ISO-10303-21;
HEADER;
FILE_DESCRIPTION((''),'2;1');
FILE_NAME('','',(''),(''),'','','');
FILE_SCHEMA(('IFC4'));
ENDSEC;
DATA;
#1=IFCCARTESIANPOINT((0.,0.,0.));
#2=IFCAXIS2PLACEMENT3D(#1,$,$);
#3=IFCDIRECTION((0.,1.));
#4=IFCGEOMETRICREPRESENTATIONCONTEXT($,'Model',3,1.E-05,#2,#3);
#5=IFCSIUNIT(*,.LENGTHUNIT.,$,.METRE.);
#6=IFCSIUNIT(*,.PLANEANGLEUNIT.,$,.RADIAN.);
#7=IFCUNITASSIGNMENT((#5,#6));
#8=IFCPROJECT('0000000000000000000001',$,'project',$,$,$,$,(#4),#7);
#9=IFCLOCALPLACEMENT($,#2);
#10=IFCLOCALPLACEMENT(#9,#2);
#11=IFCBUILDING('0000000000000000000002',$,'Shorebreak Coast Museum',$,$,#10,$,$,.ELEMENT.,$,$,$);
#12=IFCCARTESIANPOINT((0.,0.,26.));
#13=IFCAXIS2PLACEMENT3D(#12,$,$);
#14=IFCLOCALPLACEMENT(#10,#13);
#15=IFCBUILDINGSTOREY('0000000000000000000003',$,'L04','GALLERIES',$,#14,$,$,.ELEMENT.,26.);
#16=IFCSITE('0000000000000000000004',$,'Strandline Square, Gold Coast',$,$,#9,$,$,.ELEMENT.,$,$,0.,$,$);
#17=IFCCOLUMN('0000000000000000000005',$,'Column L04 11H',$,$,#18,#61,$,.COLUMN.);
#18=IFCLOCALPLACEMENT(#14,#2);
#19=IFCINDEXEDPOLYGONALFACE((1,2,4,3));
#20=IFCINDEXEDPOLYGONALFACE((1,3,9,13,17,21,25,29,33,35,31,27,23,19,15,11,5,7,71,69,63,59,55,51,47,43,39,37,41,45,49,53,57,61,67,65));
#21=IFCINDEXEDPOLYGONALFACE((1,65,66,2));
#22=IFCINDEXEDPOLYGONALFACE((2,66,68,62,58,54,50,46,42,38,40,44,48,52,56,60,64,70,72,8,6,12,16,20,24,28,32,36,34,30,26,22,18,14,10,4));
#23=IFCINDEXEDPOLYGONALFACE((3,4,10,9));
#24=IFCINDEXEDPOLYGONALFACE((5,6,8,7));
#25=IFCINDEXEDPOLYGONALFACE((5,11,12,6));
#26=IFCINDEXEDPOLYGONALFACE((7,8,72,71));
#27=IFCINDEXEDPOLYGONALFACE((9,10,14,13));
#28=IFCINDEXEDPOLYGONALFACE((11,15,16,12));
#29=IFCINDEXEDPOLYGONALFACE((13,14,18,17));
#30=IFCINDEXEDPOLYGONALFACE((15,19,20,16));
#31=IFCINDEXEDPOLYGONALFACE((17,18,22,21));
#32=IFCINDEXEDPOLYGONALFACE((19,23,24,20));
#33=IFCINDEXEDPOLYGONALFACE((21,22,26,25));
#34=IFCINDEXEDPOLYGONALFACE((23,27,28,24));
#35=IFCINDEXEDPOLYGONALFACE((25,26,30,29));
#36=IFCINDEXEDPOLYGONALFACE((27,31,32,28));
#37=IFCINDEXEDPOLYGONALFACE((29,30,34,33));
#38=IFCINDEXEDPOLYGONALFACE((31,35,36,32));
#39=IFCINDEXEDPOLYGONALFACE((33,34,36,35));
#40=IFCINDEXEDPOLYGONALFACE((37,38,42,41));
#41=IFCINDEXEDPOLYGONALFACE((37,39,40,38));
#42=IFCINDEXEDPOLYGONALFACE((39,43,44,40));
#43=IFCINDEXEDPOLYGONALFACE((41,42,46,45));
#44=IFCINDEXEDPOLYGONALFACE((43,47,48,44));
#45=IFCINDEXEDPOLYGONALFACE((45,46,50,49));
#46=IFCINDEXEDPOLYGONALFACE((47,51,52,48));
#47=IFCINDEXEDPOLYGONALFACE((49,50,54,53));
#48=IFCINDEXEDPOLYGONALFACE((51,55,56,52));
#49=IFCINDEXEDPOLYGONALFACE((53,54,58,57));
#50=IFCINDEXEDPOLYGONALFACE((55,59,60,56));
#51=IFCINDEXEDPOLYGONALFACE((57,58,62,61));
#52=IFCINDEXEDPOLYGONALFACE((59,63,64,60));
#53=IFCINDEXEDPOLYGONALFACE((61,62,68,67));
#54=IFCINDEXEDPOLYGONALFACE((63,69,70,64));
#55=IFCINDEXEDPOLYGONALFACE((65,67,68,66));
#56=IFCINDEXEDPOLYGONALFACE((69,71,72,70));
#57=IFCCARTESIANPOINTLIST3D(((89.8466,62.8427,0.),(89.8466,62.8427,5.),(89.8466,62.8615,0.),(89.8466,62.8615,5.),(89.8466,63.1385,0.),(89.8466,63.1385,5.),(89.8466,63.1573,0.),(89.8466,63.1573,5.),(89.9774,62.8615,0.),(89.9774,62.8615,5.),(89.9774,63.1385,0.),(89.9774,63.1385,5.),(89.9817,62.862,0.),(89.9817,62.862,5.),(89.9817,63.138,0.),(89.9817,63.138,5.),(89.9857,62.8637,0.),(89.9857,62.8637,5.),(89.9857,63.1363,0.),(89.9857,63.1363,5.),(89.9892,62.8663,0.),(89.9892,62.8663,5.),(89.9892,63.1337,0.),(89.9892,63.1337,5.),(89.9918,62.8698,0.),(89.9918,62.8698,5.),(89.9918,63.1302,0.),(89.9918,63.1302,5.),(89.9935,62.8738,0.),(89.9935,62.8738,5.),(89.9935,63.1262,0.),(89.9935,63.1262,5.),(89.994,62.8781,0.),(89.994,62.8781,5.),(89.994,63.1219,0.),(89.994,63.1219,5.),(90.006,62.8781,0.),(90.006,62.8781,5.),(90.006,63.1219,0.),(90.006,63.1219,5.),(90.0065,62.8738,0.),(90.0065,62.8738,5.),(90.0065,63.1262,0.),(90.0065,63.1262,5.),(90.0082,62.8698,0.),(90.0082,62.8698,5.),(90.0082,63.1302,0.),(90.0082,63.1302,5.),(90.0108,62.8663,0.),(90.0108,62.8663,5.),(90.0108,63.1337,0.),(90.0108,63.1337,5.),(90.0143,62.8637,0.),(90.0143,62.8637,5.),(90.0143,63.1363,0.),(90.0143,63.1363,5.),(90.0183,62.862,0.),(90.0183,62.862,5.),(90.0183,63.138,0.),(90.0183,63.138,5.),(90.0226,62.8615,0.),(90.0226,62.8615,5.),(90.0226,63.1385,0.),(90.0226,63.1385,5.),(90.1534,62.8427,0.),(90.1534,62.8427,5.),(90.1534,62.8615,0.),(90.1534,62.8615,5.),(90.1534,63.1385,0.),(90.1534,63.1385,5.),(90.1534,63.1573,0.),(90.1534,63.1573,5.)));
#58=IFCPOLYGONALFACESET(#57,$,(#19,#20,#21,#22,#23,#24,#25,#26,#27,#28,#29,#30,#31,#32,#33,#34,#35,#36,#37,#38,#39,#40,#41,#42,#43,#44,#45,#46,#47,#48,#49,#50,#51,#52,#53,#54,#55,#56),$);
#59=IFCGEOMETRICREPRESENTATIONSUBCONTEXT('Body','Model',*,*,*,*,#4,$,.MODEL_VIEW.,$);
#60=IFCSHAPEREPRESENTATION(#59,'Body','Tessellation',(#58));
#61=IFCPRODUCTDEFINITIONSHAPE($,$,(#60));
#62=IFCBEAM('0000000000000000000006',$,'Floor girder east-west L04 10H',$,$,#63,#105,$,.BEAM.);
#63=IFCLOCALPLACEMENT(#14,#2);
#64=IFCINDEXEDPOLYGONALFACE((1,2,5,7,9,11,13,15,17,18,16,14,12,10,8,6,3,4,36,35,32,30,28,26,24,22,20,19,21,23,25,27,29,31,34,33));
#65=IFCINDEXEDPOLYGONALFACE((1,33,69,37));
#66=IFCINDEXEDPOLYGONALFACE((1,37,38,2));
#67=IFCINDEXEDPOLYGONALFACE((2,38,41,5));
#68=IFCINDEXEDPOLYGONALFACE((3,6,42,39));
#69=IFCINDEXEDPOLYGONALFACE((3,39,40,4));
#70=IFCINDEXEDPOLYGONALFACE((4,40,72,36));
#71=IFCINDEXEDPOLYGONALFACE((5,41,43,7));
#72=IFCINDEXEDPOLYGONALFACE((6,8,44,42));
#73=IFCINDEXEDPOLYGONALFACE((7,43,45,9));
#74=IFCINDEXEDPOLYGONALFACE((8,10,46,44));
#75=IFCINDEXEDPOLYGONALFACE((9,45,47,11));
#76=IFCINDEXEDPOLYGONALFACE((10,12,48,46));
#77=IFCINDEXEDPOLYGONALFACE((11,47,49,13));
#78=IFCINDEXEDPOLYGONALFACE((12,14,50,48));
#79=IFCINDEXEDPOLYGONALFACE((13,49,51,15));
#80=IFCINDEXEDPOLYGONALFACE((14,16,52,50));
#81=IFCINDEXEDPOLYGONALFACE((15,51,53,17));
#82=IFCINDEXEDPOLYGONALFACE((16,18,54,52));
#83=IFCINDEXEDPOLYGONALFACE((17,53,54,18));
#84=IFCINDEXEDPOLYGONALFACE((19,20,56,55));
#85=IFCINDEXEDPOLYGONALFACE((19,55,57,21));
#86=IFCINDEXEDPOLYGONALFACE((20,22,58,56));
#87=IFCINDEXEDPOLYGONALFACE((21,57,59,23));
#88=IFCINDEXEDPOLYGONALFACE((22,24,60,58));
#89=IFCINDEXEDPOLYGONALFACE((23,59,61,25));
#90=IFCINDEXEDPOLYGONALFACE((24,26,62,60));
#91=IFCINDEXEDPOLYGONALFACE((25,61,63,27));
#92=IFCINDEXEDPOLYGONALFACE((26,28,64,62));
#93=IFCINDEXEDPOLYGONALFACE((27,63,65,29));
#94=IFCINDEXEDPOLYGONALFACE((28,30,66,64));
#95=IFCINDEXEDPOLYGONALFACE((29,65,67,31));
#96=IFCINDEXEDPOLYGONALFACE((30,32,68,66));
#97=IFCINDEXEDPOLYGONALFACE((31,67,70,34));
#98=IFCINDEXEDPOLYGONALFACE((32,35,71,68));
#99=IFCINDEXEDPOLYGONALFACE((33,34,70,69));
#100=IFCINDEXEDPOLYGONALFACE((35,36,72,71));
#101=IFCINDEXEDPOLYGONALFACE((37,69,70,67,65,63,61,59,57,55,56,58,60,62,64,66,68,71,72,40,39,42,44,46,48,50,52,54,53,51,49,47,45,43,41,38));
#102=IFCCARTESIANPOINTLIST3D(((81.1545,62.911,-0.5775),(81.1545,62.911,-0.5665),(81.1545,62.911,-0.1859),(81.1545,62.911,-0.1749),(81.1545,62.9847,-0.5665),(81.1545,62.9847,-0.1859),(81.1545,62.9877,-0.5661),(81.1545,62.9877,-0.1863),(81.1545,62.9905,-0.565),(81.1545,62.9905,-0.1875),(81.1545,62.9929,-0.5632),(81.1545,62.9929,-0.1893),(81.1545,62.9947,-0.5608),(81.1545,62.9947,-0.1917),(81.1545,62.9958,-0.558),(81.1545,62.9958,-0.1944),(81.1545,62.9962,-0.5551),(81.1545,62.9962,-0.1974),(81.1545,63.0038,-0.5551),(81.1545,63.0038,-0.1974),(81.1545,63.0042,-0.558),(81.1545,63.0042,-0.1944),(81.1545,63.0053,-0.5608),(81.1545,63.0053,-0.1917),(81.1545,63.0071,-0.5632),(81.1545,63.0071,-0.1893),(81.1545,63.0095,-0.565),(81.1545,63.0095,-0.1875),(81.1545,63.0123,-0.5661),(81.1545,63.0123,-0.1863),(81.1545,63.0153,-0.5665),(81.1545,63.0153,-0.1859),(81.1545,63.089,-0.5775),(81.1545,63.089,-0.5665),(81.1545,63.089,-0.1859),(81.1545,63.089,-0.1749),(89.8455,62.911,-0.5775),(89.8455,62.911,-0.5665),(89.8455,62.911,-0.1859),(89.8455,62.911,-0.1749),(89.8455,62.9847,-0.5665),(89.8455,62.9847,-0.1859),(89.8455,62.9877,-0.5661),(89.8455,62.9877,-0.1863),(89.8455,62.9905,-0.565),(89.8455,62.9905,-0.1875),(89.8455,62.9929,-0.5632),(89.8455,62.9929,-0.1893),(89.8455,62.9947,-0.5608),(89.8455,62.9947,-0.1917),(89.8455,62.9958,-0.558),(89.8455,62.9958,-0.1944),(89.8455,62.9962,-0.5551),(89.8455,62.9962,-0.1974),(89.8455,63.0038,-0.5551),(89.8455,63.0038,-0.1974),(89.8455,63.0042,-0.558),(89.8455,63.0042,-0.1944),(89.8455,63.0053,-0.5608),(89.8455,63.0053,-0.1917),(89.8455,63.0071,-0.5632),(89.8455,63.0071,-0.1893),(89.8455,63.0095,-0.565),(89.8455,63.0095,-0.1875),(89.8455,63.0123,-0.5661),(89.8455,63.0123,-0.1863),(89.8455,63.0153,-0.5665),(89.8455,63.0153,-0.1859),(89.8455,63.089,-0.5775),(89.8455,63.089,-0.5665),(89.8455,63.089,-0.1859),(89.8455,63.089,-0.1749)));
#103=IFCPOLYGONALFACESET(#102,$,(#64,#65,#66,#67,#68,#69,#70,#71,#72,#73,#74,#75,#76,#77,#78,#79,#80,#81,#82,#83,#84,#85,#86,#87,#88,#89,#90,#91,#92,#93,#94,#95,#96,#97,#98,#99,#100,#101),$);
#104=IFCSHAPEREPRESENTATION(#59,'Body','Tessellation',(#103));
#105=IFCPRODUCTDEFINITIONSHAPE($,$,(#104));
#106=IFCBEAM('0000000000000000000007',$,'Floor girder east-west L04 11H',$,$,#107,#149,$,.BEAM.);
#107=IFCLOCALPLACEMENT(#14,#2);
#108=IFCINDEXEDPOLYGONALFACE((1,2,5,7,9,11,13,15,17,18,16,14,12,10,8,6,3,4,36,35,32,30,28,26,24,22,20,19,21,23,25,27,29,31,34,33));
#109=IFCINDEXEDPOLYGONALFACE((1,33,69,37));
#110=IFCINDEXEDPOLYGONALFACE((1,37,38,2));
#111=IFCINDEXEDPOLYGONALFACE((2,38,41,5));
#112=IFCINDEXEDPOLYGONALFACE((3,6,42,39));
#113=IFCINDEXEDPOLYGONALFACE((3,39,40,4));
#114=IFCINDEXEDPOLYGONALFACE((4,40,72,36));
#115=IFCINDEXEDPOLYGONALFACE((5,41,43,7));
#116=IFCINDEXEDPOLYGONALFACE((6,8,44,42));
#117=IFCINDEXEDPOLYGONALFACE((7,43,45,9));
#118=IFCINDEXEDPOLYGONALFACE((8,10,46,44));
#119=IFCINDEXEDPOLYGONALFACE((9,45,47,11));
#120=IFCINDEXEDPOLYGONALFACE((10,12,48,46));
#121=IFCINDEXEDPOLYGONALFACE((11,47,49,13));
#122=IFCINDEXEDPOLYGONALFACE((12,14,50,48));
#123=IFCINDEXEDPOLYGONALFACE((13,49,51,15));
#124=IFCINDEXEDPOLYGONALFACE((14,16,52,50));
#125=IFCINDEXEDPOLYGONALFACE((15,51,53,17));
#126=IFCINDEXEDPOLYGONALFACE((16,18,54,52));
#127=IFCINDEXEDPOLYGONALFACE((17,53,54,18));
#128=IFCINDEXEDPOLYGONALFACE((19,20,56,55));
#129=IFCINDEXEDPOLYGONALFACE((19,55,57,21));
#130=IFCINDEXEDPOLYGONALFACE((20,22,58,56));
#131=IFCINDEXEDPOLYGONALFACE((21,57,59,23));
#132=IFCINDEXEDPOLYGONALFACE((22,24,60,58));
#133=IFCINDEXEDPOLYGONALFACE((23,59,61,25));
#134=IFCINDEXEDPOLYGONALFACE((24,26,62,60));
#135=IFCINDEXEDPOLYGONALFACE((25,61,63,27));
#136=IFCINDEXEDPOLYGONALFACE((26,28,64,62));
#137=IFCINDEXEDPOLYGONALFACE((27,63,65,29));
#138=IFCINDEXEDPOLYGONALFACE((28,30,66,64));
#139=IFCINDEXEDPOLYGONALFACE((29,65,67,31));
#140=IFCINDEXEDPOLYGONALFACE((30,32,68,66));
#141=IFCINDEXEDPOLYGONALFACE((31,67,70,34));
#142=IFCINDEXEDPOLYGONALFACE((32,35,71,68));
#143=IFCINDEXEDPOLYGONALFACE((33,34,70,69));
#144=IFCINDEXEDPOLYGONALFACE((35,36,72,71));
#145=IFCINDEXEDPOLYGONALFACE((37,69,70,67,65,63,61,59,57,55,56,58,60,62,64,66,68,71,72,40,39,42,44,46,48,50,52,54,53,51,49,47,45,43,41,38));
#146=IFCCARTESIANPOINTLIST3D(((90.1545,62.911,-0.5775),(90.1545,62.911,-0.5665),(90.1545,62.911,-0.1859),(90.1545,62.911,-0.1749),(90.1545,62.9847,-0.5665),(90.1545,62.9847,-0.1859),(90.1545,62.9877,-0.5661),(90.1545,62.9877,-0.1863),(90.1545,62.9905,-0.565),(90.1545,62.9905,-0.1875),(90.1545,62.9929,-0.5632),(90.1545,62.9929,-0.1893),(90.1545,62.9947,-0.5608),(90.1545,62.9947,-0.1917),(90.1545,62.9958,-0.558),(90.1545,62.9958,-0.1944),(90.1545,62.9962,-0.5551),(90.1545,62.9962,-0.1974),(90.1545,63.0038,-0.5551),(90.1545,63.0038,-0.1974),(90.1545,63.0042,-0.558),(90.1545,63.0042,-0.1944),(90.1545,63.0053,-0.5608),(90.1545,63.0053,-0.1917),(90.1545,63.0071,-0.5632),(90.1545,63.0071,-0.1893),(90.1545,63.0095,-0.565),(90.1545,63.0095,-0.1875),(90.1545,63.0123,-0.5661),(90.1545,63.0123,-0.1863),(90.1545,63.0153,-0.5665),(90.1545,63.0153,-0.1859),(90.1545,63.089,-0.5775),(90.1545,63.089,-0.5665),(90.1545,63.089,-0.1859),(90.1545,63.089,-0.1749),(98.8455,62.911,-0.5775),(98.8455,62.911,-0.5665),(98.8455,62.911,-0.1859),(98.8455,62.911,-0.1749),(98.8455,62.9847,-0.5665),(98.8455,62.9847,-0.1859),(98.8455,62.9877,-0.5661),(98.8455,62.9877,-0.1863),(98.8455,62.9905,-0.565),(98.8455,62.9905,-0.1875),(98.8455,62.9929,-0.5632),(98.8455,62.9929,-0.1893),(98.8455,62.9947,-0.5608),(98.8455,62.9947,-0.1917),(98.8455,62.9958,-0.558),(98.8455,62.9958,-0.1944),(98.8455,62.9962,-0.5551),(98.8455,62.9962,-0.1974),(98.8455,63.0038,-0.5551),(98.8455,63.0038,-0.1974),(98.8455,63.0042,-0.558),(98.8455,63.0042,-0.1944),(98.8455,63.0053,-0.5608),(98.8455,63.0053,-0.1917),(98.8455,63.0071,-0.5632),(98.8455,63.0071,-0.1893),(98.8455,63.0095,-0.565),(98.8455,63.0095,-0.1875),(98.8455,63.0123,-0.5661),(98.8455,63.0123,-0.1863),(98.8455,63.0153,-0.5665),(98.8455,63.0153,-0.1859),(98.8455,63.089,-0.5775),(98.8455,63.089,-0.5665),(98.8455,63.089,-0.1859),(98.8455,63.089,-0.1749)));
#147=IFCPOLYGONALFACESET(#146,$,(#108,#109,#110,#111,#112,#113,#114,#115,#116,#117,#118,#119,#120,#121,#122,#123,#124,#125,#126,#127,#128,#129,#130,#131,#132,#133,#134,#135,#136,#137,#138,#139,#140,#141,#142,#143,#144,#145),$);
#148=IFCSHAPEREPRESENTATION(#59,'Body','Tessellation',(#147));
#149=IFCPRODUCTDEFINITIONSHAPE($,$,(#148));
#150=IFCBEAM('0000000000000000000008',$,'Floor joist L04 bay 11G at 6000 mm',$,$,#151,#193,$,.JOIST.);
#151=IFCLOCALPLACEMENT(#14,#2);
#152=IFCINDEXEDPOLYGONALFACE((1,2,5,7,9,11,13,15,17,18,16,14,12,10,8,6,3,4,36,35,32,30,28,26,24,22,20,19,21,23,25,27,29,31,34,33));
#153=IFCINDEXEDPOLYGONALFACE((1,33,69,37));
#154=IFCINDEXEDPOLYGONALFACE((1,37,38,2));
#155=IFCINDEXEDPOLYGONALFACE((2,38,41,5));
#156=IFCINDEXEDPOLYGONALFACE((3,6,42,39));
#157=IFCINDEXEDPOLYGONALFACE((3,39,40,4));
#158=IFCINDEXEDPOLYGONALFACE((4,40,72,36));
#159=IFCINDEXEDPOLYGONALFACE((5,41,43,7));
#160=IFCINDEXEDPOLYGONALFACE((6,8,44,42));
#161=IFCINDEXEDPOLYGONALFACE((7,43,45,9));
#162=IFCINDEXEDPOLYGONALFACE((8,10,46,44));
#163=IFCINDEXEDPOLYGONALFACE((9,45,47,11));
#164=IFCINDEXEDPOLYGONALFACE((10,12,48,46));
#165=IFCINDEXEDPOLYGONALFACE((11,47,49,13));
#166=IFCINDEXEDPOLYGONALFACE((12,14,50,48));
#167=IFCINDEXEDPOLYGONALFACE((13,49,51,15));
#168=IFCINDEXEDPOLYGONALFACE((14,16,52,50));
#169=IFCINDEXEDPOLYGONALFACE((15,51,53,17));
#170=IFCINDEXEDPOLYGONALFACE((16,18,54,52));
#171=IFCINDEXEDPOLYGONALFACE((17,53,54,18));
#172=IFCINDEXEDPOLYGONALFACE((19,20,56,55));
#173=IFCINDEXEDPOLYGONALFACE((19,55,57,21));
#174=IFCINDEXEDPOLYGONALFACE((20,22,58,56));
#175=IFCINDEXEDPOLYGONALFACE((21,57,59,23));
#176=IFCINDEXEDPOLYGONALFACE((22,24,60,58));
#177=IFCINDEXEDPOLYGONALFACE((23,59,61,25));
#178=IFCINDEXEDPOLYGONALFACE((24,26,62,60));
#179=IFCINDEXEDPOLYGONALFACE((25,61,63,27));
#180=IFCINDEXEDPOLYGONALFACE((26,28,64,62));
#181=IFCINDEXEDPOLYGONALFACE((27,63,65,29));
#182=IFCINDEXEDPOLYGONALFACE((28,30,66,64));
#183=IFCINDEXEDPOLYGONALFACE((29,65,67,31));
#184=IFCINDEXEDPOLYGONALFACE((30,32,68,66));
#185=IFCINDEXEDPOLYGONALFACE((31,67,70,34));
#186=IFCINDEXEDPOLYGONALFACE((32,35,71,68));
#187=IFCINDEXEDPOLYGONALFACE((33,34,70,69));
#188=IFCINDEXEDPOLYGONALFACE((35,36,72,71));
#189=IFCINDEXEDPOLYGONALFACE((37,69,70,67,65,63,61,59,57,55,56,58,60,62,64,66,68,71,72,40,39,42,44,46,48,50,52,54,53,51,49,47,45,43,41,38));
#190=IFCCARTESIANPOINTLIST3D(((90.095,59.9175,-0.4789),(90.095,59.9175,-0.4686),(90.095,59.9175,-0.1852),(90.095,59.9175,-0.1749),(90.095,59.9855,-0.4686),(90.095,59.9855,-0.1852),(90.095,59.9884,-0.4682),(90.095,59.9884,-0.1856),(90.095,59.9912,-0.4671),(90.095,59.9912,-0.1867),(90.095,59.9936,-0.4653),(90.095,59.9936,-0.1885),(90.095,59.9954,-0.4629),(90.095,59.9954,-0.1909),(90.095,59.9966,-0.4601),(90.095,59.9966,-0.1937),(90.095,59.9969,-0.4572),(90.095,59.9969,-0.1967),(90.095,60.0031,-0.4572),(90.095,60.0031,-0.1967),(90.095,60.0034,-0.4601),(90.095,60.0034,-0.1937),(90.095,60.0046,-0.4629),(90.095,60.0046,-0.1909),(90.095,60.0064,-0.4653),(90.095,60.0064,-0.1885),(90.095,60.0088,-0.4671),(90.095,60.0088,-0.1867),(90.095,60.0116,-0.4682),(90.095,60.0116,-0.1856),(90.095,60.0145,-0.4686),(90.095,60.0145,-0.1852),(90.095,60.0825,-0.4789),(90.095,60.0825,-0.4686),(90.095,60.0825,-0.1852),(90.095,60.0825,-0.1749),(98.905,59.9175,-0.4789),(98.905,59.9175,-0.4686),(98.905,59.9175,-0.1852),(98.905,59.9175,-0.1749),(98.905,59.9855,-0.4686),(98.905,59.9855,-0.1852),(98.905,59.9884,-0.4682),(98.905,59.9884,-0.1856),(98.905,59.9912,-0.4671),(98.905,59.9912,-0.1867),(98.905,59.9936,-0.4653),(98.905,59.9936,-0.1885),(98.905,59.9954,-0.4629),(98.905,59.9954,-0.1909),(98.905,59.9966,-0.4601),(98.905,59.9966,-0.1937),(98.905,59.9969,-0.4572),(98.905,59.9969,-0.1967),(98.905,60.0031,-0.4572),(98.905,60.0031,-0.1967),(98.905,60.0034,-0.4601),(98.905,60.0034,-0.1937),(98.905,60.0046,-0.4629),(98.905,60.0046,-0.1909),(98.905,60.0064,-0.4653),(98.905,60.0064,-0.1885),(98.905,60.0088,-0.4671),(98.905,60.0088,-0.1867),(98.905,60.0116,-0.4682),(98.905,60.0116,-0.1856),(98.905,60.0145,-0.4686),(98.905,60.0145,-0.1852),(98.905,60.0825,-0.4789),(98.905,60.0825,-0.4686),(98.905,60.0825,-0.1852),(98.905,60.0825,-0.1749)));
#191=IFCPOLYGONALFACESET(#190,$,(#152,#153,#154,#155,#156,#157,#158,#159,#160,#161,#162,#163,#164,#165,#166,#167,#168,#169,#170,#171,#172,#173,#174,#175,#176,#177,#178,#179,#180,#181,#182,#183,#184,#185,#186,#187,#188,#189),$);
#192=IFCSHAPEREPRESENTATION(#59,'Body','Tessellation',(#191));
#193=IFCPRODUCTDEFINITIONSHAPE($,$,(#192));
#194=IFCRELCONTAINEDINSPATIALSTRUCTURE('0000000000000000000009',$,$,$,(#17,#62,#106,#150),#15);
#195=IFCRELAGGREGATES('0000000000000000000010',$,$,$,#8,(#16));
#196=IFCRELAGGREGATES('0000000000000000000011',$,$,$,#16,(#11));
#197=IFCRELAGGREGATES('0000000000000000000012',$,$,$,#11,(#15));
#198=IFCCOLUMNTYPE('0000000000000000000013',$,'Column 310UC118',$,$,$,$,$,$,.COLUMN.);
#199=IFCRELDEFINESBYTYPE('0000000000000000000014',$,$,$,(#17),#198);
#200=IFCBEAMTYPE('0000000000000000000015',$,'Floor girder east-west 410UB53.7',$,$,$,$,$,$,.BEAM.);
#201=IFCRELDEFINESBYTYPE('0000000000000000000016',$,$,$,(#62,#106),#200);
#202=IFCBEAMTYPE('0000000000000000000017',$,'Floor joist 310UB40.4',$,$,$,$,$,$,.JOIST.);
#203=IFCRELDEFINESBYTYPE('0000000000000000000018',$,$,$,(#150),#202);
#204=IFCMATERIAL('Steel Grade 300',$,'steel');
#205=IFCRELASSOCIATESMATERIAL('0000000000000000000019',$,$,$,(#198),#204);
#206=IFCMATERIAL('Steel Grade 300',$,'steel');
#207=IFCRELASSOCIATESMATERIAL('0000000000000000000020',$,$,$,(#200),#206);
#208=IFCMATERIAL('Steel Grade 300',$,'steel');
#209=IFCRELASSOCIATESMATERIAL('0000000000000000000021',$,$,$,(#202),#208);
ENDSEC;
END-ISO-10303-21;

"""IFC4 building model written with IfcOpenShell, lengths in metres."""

from ifc_helpers import new_model, si_unit, direction, frame, origin, origin_2d, place, context, subcontext, project, spatial, i_section, extrude, material, material_profile, profile_set, type_object, element, save


model = new_model("IFC4")

# Units and contexts
model_context = context("Model", 3, precision=1e-05, world=origin(), true_north=direction((0.0, 1.0)))
body_context = subcontext(model_context, "Body", "Model", "MODEL_VIEW")
ifc_project = project(units=[si_unit("LENGTHUNIT", "METRE"), si_unit("PLANEANGLEUNIT", "RADIAN")], contexts=[model_context])

# Site, building, storey
site_placement = place(None, origin())
site = spatial("IfcSite", under=ifc_project, at=site_placement, Name="Strandline Square, Gold Coast", CompositionType="ELEMENT", RefElevation=0.0)
building_placement = place(site_placement, origin())
building = spatial("IfcBuilding", under=site, at=building_placement, Name="Shorebreak Coast Museum", CompositionType="ELEMENT")
storey_placement = place(building_placement, frame((0.0, 0.0, 26.0)))
storey = spatial("IfcBuildingStorey", under=building, at=storey_placement, Name="L04", Description="GALLERIES", CompositionType="ELEMENT", Elevation=26.0)

# Column
ifc_material_1 = material(Name="Steel Grade 300", Category="steel")
ifc_material_profile_1 = material_profile(ifc_material_1, i_section(OverallWidth=0.3069, OverallDepth=0.3147, WebThickness=0.012, FlangeThickness=0.0188, FilletRadius=0.0166, at=origin_2d()), Name="310UC118")
ifc_profile_set_1 = profile_set([ifc_material_profile_1], Name="Steel Grade 300")
column_type = type_object("IfcColumnType", Name="Column 310UC118", PredefinedType="COLUMN", material=ifc_profile_set_1)
column_placement = place(storey_placement, frame((90.0, 63.0, 0.0), z_axis=(0.0, 0.0, 1.0), x_axis=(1.0, 0.0, 0.0)))
element("IfcColumn", 1, at=column_placement, inside=storey, type_object=column_type, Name="Column L04 11H", PredefinedType="COLUMN", context=body_context, shape_type="SweptSolid", body=[
    extrude(i_section(OverallWidth=0.3069, OverallDepth=0.3147, WebThickness=0.012, FlangeThickness=0.0188, FilletRadius=0.0166, at=origin_2d()), origin(), (0.0, 0.0, 1.0), 5.0),
])

# Beams
ifc_material_2 = material(Name="Steel Grade 300", Category="steel")
ifc_material_profile_2 = material_profile(ifc_material_2, i_section(OverallWidth=0.178, OverallDepth=0.4026, WebThickness=0.0076, FlangeThickness=0.011, FilletRadius=0.0115, at=origin_2d()), Name="410UB53.7")
ifc_profile_set_2 = profile_set([ifc_material_profile_2], Name="Steel Grade 300")
beam_type_1 = type_object("IfcBeamType", Name="Floor girder east-west 410UB53.7", PredefinedType="BEAM", material=ifc_profile_set_2)
for number, where, z_axis, x_axis, name in (
    (2, (81.1545, 63.0, -0.3762), (1.0, 0.0, 0.0), (0.0, 1.0, 0.0), "Floor girder east-west L04 10H"),
    (3, (90.1545, 63.0, -0.3762), (1.0, 0.0, 0.0), (0.0, 1.0, 0.0), "Floor girder east-west L04 11H"),
):
    element("IfcBeam", number, at=place(storey_placement, frame(where, z_axis=z_axis, x_axis=x_axis)), inside=storey, type_object=beam_type_1, Name=name, PredefinedType="BEAM", context=body_context, shape_type="SweptSolid", body=[
        extrude(i_section(OverallWidth=0.178, OverallDepth=0.4026, WebThickness=0.0076, FlangeThickness=0.011, FilletRadius=0.0115, at=origin_2d()), origin(), (0.0, 0.0, 1.0), 8.6909),
    ])
ifc_material_3 = material(Name="Steel Grade 300", Category="steel")
ifc_material_profile_3 = material_profile(ifc_material_3, i_section(OverallWidth=0.165, OverallDepth=0.304, WebThickness=0.0061, FlangeThickness=0.0103, FilletRadius=0.0115, at=origin_2d()), Name="310UB40.4")
ifc_profile_set_3 = profile_set([ifc_material_profile_3], Name="Steel Grade 300")
beam_type_2 = type_object("IfcBeamType", Name="Floor joist 310UB40.4", PredefinedType="JOIST", material=ifc_profile_set_3)
beam_placement = place(storey_placement, frame((90.095, 60.0, -0.3269), z_axis=(1.0, 0.0, 0.0), x_axis=(0.0, 1.0, 0.0)))
element("IfcBeam", 4, at=beam_placement, inside=storey, type_object=beam_type_2, Name="Floor joist L04 bay 11G at 6000 mm", PredefinedType="JOIST", context=body_context, shape_type="SweptSolid", body=[
    extrude(i_section(OverallWidth=0.165, OverallDepth=0.304, WebThickness=0.0061, FlangeThickness=0.0103, FilletRadius=0.0115, at=origin_2d()), origin(), (0.0, 0.0, 1.0), 8.8101),
])

save(model, "model.ifc")
